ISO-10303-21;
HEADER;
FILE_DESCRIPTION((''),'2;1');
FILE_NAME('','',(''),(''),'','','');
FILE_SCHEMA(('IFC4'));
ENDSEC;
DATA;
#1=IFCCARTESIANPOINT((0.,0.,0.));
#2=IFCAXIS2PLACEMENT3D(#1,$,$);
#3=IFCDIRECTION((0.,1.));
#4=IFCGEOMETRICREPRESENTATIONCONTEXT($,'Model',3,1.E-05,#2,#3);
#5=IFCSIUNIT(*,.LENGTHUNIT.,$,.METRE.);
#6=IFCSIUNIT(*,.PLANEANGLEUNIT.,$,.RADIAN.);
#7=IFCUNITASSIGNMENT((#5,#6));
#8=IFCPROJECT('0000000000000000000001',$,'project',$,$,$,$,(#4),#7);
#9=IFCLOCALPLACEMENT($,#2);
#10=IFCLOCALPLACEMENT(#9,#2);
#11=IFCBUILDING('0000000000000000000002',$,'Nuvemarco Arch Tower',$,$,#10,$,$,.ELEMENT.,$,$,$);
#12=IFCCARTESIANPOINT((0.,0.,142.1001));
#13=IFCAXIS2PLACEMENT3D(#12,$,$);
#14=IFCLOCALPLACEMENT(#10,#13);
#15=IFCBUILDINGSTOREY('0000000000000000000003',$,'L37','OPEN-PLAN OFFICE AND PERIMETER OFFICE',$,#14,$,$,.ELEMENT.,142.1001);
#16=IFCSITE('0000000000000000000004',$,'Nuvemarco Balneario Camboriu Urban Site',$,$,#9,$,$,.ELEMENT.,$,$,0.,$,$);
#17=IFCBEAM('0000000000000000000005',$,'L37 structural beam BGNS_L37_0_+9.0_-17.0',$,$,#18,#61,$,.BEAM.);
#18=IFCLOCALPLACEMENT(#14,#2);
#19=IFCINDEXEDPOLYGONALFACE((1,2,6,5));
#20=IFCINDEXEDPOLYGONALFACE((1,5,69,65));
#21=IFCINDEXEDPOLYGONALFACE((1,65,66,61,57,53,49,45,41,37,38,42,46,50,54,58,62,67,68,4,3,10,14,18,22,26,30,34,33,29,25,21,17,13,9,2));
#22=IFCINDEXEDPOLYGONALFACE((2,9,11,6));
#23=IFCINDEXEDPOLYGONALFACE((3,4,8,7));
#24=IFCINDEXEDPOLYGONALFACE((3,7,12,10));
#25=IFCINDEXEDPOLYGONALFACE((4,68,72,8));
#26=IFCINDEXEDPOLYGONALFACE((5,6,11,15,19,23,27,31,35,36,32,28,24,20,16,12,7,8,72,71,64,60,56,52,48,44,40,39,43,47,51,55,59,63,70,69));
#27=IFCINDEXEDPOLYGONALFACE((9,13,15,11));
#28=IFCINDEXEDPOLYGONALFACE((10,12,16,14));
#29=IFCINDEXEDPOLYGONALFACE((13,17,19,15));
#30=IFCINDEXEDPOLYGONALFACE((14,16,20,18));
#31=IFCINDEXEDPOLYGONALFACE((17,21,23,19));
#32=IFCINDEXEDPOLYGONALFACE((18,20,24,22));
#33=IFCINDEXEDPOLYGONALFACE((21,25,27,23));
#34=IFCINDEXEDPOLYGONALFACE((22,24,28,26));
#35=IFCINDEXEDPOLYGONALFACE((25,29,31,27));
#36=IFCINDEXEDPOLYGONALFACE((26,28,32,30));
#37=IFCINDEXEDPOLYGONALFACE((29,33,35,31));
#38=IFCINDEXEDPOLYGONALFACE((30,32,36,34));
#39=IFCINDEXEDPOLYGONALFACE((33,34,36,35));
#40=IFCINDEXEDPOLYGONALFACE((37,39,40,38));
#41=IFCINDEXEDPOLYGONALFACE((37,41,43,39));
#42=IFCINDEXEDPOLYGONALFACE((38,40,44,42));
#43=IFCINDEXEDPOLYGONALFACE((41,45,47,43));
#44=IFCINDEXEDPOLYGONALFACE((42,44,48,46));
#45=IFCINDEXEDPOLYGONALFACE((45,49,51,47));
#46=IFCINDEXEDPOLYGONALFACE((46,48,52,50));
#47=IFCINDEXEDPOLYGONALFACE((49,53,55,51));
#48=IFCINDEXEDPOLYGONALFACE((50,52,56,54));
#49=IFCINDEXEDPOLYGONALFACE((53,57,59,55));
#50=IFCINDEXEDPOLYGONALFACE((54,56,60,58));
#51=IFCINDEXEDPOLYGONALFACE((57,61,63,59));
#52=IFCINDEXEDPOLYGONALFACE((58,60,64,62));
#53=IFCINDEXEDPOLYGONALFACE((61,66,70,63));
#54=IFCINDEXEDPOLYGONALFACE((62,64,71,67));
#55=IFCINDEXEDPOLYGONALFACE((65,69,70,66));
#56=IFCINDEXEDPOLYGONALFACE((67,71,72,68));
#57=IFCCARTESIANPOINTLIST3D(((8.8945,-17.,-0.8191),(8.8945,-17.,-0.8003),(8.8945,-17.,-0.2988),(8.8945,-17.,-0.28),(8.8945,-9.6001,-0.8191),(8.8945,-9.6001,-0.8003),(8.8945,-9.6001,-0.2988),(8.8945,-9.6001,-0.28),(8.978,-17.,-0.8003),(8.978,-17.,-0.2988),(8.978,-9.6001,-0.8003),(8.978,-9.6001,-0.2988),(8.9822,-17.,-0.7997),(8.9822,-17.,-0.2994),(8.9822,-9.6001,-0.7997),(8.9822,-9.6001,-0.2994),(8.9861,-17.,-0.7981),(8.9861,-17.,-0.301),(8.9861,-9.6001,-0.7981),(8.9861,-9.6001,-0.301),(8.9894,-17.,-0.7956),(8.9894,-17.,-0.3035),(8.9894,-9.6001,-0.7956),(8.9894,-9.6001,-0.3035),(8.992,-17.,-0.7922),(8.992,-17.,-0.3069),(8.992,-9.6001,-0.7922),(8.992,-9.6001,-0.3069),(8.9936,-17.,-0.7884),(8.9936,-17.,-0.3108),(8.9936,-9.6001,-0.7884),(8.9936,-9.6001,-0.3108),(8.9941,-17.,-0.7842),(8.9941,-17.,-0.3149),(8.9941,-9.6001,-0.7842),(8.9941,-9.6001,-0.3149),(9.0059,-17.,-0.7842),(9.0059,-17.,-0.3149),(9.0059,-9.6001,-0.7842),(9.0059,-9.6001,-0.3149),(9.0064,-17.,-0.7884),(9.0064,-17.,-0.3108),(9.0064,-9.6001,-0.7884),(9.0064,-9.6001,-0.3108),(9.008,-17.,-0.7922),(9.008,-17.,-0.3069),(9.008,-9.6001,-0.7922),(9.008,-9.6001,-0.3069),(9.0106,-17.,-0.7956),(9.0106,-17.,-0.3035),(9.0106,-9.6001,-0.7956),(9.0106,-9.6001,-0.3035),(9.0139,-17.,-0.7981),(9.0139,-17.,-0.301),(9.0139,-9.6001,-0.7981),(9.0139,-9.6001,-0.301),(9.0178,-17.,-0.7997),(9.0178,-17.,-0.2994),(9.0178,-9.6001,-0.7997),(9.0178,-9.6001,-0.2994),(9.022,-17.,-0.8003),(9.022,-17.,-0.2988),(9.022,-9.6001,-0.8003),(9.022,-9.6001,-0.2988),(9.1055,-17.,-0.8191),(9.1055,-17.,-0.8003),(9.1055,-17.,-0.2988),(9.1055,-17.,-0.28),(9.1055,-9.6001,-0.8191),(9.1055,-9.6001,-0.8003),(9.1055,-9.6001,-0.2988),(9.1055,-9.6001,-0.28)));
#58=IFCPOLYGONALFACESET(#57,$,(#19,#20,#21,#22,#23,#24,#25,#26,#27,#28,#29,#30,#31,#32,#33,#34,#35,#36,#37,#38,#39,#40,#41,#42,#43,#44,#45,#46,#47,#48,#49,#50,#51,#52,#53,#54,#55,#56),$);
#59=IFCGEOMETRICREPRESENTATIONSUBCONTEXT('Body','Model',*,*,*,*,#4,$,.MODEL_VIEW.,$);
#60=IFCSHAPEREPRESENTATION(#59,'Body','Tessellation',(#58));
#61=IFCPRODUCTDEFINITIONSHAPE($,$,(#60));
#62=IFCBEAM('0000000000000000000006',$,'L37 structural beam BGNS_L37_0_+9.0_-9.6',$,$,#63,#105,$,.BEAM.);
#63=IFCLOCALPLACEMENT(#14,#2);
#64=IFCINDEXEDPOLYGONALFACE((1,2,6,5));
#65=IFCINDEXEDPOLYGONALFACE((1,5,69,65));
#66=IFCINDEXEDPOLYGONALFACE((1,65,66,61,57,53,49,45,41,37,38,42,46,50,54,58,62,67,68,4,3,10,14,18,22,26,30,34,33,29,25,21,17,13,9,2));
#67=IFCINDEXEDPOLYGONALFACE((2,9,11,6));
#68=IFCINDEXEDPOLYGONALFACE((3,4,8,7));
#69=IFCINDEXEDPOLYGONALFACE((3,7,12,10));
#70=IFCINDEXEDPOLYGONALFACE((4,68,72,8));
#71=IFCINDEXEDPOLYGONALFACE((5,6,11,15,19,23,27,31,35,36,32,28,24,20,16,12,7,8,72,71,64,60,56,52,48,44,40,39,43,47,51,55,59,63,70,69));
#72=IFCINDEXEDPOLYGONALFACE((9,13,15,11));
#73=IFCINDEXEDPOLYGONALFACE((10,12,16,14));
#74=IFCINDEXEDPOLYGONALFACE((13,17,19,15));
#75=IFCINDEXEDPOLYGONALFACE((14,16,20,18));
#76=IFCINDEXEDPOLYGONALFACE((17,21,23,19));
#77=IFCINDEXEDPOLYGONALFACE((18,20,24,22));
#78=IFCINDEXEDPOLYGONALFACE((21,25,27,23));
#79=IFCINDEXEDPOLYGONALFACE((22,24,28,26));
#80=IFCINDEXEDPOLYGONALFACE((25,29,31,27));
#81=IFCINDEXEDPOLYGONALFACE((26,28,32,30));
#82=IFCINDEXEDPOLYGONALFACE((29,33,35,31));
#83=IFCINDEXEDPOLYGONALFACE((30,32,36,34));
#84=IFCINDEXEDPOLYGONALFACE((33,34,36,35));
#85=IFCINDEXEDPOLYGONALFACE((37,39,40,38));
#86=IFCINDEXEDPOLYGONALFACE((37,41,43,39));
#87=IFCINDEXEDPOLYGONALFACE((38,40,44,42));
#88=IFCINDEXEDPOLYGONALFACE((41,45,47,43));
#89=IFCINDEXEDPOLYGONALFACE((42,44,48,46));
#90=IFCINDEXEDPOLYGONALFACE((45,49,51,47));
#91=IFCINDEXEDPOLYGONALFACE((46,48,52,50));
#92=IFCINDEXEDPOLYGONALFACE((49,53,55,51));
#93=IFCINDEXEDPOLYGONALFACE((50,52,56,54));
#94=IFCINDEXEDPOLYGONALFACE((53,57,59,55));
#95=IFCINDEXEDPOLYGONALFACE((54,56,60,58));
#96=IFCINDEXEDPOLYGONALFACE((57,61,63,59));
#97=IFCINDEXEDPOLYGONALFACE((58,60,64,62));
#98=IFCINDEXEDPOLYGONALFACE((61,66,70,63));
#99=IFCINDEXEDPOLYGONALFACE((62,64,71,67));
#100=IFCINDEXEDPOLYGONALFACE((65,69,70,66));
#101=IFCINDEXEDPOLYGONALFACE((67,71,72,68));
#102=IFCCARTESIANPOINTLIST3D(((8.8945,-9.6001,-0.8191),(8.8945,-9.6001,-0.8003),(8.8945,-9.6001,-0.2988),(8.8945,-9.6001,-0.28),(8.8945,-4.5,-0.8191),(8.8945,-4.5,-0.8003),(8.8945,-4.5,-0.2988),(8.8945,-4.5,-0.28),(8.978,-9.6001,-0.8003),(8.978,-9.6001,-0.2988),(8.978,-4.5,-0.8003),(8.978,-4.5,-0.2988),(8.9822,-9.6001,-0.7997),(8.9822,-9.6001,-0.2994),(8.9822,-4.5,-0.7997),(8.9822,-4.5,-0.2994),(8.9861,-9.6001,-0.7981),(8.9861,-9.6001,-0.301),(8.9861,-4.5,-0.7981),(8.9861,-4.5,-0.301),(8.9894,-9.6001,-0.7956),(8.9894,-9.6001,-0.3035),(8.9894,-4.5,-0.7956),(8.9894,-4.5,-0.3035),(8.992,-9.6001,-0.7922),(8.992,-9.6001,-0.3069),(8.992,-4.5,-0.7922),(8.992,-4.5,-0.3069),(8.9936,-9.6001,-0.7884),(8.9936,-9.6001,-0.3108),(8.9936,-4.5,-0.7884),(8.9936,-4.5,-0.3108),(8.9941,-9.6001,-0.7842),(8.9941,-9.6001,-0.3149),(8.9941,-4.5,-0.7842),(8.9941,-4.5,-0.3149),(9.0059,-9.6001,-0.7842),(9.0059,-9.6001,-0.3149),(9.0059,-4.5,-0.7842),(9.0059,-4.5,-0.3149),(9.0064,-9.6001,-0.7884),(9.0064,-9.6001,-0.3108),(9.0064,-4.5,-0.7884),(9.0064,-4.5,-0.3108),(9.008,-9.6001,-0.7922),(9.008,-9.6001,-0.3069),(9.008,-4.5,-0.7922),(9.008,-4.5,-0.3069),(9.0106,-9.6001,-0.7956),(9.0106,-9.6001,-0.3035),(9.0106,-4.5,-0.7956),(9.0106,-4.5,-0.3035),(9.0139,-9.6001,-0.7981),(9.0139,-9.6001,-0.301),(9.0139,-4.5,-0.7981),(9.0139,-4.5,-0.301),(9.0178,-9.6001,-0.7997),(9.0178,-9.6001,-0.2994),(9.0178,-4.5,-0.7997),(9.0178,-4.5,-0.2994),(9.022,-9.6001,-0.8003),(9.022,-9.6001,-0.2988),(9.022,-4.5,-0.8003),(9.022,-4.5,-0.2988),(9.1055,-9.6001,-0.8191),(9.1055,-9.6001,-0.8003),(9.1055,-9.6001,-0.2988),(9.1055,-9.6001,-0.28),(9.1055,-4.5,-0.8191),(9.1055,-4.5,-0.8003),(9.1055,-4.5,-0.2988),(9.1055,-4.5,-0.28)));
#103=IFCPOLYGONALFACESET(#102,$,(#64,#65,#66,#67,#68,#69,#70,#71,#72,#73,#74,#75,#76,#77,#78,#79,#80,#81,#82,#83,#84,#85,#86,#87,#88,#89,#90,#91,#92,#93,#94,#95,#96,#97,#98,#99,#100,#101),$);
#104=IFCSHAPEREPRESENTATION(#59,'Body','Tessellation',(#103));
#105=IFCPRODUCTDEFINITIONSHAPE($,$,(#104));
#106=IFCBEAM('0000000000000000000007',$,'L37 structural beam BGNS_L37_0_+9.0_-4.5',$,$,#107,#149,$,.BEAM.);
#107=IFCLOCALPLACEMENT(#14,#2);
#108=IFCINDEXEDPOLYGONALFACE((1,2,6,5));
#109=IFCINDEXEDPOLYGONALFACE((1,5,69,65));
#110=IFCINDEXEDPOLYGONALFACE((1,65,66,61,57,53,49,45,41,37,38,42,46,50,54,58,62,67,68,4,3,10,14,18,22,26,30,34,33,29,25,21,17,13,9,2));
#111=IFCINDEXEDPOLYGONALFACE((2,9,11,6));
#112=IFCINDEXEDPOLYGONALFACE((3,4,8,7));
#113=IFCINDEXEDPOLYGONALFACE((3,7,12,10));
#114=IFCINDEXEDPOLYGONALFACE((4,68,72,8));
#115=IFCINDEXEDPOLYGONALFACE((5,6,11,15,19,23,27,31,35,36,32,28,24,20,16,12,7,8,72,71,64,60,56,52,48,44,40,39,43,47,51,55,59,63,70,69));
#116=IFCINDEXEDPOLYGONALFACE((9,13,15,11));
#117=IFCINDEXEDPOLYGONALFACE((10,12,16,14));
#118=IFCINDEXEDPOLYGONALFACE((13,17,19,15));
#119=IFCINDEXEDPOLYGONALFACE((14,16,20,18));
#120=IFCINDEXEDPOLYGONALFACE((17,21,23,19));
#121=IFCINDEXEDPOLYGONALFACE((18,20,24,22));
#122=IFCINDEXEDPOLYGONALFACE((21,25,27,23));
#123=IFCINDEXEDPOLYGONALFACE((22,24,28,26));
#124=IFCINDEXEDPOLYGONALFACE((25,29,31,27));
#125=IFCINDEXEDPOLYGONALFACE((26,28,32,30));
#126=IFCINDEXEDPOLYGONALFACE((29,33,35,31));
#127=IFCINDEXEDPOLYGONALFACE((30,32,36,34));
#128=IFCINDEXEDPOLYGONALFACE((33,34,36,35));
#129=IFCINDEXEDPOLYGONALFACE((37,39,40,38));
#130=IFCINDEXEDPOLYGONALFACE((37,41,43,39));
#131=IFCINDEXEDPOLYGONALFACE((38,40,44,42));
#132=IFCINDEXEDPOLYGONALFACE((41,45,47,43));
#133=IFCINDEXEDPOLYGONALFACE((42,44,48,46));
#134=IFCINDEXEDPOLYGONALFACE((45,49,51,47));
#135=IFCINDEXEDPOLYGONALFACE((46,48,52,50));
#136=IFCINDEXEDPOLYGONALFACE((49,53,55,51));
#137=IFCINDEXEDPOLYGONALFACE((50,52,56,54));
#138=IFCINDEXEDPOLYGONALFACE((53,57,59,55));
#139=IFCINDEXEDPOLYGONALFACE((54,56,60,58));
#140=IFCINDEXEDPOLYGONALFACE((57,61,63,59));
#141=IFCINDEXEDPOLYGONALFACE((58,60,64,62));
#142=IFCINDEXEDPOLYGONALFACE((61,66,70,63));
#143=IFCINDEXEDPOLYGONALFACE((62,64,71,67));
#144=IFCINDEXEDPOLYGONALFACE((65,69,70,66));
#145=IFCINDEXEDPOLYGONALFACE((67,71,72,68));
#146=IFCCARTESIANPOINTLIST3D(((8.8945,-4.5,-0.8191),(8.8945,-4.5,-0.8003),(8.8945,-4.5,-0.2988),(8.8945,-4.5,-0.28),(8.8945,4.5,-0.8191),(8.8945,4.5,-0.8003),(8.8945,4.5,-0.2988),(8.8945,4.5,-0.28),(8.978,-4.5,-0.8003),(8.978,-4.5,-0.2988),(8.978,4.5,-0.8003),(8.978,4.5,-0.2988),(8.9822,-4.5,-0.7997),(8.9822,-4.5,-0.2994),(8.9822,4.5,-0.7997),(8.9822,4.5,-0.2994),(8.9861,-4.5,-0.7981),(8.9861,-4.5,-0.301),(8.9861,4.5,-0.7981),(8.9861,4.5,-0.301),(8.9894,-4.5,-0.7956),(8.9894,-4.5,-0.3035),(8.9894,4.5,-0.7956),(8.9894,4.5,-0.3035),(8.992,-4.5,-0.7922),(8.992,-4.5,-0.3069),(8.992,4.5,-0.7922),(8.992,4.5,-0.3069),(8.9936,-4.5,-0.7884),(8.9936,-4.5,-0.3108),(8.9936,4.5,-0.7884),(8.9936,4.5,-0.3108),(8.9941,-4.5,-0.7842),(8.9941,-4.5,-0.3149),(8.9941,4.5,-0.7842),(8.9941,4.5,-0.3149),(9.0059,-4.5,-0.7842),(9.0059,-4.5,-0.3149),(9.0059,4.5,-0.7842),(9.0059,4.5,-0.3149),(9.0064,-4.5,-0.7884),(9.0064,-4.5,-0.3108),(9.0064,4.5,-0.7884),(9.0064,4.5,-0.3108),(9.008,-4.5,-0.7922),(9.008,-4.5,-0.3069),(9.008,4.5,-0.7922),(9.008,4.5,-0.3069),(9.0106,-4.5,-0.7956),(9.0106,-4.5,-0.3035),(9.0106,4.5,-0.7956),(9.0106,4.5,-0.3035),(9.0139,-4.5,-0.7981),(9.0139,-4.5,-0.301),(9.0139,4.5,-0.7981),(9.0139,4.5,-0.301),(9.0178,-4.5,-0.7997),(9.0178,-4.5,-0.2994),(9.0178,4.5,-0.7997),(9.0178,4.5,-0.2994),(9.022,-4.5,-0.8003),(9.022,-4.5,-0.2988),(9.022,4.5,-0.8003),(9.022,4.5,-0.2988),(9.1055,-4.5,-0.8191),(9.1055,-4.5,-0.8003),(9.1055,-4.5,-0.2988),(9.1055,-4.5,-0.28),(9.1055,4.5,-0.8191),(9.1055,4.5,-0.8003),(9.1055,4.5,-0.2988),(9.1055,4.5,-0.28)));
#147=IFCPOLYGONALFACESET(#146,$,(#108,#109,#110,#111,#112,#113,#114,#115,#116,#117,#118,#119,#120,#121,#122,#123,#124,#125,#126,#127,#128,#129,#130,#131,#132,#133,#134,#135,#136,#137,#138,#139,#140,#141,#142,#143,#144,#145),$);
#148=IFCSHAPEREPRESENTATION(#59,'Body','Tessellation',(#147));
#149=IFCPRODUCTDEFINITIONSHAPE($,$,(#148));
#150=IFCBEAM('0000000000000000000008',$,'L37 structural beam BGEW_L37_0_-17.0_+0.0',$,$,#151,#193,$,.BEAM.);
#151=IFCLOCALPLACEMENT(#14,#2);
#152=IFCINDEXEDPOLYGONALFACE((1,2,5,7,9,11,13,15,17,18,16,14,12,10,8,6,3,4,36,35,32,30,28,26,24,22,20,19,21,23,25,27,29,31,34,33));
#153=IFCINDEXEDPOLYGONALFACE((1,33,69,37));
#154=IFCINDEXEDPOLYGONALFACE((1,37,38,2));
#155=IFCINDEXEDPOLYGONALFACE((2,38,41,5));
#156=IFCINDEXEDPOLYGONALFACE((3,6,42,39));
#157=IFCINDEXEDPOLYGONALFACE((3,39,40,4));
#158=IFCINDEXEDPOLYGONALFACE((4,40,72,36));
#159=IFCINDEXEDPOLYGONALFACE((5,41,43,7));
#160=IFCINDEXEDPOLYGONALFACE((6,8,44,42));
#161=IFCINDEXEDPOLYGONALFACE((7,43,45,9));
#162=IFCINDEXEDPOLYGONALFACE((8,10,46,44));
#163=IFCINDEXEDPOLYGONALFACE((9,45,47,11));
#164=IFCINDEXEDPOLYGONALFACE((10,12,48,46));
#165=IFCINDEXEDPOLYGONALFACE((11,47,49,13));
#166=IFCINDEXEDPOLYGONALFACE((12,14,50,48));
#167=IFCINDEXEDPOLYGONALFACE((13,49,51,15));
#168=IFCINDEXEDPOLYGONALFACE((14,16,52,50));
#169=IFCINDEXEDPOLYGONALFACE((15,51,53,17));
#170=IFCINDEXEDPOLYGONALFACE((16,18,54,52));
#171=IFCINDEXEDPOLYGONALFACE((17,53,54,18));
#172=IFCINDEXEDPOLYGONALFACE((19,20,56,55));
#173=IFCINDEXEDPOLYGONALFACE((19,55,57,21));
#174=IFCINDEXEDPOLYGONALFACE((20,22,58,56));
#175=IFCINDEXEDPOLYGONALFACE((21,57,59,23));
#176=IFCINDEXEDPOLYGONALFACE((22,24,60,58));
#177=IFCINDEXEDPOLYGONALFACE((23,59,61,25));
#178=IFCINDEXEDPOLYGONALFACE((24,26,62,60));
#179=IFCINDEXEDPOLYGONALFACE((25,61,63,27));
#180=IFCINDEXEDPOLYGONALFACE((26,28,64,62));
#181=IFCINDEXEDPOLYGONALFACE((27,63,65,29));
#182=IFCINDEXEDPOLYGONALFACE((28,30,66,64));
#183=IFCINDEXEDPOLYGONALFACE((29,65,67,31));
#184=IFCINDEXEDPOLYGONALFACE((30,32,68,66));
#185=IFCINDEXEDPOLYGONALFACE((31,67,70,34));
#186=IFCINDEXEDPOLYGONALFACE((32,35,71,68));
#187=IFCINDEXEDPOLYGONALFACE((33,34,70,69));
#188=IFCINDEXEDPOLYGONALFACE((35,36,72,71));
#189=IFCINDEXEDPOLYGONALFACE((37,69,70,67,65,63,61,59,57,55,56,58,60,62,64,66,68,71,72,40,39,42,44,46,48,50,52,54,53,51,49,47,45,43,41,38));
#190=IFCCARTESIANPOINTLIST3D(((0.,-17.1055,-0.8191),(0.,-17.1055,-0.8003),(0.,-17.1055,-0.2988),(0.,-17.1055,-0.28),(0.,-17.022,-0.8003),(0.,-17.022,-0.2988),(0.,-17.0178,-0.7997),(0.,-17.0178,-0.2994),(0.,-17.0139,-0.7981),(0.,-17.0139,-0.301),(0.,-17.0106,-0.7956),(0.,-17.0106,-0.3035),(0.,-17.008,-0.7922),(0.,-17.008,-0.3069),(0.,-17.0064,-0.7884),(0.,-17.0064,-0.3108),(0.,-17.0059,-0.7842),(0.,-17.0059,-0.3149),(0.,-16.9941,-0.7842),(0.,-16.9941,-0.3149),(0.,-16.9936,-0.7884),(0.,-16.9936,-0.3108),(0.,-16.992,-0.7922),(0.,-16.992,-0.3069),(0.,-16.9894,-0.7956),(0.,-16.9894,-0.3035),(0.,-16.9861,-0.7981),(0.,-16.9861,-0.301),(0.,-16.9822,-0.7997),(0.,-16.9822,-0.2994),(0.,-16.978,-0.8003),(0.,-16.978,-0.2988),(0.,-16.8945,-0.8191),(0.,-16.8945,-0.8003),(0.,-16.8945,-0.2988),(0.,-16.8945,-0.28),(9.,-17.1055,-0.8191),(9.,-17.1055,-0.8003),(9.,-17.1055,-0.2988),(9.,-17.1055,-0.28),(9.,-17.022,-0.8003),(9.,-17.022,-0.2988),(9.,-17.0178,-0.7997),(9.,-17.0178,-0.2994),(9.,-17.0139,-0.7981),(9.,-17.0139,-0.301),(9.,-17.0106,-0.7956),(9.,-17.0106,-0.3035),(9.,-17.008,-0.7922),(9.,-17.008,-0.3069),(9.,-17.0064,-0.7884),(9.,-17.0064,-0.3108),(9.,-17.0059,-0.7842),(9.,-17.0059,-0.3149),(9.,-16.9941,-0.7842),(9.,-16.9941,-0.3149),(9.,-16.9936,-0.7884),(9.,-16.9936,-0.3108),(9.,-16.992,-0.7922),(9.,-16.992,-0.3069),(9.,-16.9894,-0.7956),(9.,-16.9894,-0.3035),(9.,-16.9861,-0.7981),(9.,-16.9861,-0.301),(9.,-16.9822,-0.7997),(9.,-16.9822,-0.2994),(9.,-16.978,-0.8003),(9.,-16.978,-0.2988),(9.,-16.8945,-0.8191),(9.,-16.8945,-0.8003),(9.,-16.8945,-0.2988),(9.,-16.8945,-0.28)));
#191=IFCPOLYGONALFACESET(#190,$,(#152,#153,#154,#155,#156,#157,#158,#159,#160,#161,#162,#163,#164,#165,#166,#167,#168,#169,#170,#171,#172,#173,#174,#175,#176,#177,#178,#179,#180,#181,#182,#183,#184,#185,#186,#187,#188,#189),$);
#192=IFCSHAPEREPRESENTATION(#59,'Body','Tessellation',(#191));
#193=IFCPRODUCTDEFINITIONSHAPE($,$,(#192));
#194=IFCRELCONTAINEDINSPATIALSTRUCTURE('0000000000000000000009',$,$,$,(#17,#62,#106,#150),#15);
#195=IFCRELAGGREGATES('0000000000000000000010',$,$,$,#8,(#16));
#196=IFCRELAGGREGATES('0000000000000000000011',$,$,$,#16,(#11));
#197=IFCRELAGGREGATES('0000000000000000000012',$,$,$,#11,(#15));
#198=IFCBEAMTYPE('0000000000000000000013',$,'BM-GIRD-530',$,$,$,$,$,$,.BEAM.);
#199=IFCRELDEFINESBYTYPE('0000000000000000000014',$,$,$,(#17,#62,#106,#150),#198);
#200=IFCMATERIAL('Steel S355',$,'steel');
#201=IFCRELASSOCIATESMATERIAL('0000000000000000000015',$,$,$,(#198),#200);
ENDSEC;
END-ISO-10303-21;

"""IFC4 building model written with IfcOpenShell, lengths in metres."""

from ifc_helpers import new_model, si_unit, direction, frame, origin, origin_2d, place, context, subcontext, project, spatial, i_section, extrude, material, material_profile, profile_set, type_object, element, save


model = new_model("IFC4")

# Units and contexts
model_context = context("Model", 3, precision=1e-05, world=origin(), true_north=direction((0.0, 1.0)))
body_context = subcontext(model_context, "Body", "Model", "MODEL_VIEW")
ifc_project = project(units=[si_unit("LENGTHUNIT", "METRE"), si_unit("PLANEANGLEUNIT", "RADIAN")], contexts=[model_context])

# Site, building, storey
site_placement = place(None, origin())
site = spatial("IfcSite", under=ifc_project, at=site_placement, Name="Nuvemarco Balneario Camboriu Urban Site", CompositionType="ELEMENT", RefElevation=0.0)
building_placement = place(site_placement, origin())
building = spatial("IfcBuilding", under=site, at=building_placement, Name="Nuvemarco Arch Tower", CompositionType="ELEMENT")
storey_placement = place(building_placement, frame((0.0, 0.0, 142.1001)))
storey = spatial("IfcBuildingStorey", under=building, at=storey_placement, Name="L37", Description="OPEN-PLAN OFFICE AND PERIMETER OFFICE", CompositionType="ELEMENT", Elevation=142.1001)

# Shared definitions
ifc_material_1 = material(Name="Steel S355", Category="steel")

# Beams
ifc_material_profile_1 = material_profile(ifc_material_1, i_section(OverallWidth=0.2109, OverallDepth=0.5391, WebThickness=0.0117, FlangeThickness=0.0188, FilletRadius=0.0161, at=origin_2d()), Name="W530x109")
ifc_profile_set_1 = profile_set([ifc_material_profile_1], Name="Steel S355")
beam_type_1 = type_object("IfcBeamType", Name="BM-GIRD-530", PredefinedType="BEAM", material=ifc_profile_set_1)
beam_1_placement = place(storey_placement, frame((9.0, -17.0, -0.5496), z_axis=(0.0, 1.0, 0.0), x_axis=(-1.0, 0.0, 0.0)))
element("IfcBeam", 1, at=beam_1_placement, inside=storey, type_object=beam_type_1, Name="L37 structural beam BGNS_L37_0_+9.0_-17.0", PredefinedType="BEAM", context=body_context, shape_type="SweptSolid", body=[
    extrude(i_section(OverallWidth=0.2109, OverallDepth=0.5391, WebThickness=0.0117, FlangeThickness=0.0188, FilletRadius=0.0161, at=origin_2d()), origin(), (0.0, 0.0, 1.0), 7.3999),
])
beam_2_placement = place(storey_placement, frame((9.0, -9.6001, -0.5496), z_axis=(0.0, 1.0, 0.0), x_axis=(-1.0, 0.0, 0.0)))
element("IfcBeam", 2, at=beam_2_placement, inside=storey, type_object=beam_type_1, Name="L37 structural beam BGNS_L37_0_+9.0_-9.6", PredefinedType="BEAM", context=body_context, shape_type="SweptSolid", body=[
    extrude(i_section(OverallWidth=0.2109, OverallDepth=0.5391, WebThickness=0.0117, FlangeThickness=0.0188, FilletRadius=0.0161, at=origin_2d()), origin(), (0.0, 0.0, 1.0), 5.1001),
])
for number, where, z_axis, x_axis, name in (
    (3, (9.0, -4.5, -0.5496), (0.0, 1.0, 0.0), (-1.0, 0.0, 0.0), "L37 structural beam BGNS_L37_0_+9.0_-4.5"),
    (4, (0.0, -17.0, -0.5496), (1.0, 0.0, 0.0), (0.0, 1.0, 0.0), "L37 structural beam BGEW_L37_0_-17.0_+0.0"),
):
    element("IfcBeam", number, at=place(storey_placement, frame(where, z_axis=z_axis, x_axis=x_axis)), inside=storey, type_object=beam_type_1, Name=name, PredefinedType="BEAM", context=body_context, shape_type="SweptSolid", body=[
        extrude(i_section(OverallWidth=0.2109, OverallDepth=0.5391, WebThickness=0.0117, FlangeThickness=0.0188, FilletRadius=0.0161, at=origin_2d()), origin(), (0.0, 0.0, 1.0), 9.0),
    ])

save(model, "model.ifc")
